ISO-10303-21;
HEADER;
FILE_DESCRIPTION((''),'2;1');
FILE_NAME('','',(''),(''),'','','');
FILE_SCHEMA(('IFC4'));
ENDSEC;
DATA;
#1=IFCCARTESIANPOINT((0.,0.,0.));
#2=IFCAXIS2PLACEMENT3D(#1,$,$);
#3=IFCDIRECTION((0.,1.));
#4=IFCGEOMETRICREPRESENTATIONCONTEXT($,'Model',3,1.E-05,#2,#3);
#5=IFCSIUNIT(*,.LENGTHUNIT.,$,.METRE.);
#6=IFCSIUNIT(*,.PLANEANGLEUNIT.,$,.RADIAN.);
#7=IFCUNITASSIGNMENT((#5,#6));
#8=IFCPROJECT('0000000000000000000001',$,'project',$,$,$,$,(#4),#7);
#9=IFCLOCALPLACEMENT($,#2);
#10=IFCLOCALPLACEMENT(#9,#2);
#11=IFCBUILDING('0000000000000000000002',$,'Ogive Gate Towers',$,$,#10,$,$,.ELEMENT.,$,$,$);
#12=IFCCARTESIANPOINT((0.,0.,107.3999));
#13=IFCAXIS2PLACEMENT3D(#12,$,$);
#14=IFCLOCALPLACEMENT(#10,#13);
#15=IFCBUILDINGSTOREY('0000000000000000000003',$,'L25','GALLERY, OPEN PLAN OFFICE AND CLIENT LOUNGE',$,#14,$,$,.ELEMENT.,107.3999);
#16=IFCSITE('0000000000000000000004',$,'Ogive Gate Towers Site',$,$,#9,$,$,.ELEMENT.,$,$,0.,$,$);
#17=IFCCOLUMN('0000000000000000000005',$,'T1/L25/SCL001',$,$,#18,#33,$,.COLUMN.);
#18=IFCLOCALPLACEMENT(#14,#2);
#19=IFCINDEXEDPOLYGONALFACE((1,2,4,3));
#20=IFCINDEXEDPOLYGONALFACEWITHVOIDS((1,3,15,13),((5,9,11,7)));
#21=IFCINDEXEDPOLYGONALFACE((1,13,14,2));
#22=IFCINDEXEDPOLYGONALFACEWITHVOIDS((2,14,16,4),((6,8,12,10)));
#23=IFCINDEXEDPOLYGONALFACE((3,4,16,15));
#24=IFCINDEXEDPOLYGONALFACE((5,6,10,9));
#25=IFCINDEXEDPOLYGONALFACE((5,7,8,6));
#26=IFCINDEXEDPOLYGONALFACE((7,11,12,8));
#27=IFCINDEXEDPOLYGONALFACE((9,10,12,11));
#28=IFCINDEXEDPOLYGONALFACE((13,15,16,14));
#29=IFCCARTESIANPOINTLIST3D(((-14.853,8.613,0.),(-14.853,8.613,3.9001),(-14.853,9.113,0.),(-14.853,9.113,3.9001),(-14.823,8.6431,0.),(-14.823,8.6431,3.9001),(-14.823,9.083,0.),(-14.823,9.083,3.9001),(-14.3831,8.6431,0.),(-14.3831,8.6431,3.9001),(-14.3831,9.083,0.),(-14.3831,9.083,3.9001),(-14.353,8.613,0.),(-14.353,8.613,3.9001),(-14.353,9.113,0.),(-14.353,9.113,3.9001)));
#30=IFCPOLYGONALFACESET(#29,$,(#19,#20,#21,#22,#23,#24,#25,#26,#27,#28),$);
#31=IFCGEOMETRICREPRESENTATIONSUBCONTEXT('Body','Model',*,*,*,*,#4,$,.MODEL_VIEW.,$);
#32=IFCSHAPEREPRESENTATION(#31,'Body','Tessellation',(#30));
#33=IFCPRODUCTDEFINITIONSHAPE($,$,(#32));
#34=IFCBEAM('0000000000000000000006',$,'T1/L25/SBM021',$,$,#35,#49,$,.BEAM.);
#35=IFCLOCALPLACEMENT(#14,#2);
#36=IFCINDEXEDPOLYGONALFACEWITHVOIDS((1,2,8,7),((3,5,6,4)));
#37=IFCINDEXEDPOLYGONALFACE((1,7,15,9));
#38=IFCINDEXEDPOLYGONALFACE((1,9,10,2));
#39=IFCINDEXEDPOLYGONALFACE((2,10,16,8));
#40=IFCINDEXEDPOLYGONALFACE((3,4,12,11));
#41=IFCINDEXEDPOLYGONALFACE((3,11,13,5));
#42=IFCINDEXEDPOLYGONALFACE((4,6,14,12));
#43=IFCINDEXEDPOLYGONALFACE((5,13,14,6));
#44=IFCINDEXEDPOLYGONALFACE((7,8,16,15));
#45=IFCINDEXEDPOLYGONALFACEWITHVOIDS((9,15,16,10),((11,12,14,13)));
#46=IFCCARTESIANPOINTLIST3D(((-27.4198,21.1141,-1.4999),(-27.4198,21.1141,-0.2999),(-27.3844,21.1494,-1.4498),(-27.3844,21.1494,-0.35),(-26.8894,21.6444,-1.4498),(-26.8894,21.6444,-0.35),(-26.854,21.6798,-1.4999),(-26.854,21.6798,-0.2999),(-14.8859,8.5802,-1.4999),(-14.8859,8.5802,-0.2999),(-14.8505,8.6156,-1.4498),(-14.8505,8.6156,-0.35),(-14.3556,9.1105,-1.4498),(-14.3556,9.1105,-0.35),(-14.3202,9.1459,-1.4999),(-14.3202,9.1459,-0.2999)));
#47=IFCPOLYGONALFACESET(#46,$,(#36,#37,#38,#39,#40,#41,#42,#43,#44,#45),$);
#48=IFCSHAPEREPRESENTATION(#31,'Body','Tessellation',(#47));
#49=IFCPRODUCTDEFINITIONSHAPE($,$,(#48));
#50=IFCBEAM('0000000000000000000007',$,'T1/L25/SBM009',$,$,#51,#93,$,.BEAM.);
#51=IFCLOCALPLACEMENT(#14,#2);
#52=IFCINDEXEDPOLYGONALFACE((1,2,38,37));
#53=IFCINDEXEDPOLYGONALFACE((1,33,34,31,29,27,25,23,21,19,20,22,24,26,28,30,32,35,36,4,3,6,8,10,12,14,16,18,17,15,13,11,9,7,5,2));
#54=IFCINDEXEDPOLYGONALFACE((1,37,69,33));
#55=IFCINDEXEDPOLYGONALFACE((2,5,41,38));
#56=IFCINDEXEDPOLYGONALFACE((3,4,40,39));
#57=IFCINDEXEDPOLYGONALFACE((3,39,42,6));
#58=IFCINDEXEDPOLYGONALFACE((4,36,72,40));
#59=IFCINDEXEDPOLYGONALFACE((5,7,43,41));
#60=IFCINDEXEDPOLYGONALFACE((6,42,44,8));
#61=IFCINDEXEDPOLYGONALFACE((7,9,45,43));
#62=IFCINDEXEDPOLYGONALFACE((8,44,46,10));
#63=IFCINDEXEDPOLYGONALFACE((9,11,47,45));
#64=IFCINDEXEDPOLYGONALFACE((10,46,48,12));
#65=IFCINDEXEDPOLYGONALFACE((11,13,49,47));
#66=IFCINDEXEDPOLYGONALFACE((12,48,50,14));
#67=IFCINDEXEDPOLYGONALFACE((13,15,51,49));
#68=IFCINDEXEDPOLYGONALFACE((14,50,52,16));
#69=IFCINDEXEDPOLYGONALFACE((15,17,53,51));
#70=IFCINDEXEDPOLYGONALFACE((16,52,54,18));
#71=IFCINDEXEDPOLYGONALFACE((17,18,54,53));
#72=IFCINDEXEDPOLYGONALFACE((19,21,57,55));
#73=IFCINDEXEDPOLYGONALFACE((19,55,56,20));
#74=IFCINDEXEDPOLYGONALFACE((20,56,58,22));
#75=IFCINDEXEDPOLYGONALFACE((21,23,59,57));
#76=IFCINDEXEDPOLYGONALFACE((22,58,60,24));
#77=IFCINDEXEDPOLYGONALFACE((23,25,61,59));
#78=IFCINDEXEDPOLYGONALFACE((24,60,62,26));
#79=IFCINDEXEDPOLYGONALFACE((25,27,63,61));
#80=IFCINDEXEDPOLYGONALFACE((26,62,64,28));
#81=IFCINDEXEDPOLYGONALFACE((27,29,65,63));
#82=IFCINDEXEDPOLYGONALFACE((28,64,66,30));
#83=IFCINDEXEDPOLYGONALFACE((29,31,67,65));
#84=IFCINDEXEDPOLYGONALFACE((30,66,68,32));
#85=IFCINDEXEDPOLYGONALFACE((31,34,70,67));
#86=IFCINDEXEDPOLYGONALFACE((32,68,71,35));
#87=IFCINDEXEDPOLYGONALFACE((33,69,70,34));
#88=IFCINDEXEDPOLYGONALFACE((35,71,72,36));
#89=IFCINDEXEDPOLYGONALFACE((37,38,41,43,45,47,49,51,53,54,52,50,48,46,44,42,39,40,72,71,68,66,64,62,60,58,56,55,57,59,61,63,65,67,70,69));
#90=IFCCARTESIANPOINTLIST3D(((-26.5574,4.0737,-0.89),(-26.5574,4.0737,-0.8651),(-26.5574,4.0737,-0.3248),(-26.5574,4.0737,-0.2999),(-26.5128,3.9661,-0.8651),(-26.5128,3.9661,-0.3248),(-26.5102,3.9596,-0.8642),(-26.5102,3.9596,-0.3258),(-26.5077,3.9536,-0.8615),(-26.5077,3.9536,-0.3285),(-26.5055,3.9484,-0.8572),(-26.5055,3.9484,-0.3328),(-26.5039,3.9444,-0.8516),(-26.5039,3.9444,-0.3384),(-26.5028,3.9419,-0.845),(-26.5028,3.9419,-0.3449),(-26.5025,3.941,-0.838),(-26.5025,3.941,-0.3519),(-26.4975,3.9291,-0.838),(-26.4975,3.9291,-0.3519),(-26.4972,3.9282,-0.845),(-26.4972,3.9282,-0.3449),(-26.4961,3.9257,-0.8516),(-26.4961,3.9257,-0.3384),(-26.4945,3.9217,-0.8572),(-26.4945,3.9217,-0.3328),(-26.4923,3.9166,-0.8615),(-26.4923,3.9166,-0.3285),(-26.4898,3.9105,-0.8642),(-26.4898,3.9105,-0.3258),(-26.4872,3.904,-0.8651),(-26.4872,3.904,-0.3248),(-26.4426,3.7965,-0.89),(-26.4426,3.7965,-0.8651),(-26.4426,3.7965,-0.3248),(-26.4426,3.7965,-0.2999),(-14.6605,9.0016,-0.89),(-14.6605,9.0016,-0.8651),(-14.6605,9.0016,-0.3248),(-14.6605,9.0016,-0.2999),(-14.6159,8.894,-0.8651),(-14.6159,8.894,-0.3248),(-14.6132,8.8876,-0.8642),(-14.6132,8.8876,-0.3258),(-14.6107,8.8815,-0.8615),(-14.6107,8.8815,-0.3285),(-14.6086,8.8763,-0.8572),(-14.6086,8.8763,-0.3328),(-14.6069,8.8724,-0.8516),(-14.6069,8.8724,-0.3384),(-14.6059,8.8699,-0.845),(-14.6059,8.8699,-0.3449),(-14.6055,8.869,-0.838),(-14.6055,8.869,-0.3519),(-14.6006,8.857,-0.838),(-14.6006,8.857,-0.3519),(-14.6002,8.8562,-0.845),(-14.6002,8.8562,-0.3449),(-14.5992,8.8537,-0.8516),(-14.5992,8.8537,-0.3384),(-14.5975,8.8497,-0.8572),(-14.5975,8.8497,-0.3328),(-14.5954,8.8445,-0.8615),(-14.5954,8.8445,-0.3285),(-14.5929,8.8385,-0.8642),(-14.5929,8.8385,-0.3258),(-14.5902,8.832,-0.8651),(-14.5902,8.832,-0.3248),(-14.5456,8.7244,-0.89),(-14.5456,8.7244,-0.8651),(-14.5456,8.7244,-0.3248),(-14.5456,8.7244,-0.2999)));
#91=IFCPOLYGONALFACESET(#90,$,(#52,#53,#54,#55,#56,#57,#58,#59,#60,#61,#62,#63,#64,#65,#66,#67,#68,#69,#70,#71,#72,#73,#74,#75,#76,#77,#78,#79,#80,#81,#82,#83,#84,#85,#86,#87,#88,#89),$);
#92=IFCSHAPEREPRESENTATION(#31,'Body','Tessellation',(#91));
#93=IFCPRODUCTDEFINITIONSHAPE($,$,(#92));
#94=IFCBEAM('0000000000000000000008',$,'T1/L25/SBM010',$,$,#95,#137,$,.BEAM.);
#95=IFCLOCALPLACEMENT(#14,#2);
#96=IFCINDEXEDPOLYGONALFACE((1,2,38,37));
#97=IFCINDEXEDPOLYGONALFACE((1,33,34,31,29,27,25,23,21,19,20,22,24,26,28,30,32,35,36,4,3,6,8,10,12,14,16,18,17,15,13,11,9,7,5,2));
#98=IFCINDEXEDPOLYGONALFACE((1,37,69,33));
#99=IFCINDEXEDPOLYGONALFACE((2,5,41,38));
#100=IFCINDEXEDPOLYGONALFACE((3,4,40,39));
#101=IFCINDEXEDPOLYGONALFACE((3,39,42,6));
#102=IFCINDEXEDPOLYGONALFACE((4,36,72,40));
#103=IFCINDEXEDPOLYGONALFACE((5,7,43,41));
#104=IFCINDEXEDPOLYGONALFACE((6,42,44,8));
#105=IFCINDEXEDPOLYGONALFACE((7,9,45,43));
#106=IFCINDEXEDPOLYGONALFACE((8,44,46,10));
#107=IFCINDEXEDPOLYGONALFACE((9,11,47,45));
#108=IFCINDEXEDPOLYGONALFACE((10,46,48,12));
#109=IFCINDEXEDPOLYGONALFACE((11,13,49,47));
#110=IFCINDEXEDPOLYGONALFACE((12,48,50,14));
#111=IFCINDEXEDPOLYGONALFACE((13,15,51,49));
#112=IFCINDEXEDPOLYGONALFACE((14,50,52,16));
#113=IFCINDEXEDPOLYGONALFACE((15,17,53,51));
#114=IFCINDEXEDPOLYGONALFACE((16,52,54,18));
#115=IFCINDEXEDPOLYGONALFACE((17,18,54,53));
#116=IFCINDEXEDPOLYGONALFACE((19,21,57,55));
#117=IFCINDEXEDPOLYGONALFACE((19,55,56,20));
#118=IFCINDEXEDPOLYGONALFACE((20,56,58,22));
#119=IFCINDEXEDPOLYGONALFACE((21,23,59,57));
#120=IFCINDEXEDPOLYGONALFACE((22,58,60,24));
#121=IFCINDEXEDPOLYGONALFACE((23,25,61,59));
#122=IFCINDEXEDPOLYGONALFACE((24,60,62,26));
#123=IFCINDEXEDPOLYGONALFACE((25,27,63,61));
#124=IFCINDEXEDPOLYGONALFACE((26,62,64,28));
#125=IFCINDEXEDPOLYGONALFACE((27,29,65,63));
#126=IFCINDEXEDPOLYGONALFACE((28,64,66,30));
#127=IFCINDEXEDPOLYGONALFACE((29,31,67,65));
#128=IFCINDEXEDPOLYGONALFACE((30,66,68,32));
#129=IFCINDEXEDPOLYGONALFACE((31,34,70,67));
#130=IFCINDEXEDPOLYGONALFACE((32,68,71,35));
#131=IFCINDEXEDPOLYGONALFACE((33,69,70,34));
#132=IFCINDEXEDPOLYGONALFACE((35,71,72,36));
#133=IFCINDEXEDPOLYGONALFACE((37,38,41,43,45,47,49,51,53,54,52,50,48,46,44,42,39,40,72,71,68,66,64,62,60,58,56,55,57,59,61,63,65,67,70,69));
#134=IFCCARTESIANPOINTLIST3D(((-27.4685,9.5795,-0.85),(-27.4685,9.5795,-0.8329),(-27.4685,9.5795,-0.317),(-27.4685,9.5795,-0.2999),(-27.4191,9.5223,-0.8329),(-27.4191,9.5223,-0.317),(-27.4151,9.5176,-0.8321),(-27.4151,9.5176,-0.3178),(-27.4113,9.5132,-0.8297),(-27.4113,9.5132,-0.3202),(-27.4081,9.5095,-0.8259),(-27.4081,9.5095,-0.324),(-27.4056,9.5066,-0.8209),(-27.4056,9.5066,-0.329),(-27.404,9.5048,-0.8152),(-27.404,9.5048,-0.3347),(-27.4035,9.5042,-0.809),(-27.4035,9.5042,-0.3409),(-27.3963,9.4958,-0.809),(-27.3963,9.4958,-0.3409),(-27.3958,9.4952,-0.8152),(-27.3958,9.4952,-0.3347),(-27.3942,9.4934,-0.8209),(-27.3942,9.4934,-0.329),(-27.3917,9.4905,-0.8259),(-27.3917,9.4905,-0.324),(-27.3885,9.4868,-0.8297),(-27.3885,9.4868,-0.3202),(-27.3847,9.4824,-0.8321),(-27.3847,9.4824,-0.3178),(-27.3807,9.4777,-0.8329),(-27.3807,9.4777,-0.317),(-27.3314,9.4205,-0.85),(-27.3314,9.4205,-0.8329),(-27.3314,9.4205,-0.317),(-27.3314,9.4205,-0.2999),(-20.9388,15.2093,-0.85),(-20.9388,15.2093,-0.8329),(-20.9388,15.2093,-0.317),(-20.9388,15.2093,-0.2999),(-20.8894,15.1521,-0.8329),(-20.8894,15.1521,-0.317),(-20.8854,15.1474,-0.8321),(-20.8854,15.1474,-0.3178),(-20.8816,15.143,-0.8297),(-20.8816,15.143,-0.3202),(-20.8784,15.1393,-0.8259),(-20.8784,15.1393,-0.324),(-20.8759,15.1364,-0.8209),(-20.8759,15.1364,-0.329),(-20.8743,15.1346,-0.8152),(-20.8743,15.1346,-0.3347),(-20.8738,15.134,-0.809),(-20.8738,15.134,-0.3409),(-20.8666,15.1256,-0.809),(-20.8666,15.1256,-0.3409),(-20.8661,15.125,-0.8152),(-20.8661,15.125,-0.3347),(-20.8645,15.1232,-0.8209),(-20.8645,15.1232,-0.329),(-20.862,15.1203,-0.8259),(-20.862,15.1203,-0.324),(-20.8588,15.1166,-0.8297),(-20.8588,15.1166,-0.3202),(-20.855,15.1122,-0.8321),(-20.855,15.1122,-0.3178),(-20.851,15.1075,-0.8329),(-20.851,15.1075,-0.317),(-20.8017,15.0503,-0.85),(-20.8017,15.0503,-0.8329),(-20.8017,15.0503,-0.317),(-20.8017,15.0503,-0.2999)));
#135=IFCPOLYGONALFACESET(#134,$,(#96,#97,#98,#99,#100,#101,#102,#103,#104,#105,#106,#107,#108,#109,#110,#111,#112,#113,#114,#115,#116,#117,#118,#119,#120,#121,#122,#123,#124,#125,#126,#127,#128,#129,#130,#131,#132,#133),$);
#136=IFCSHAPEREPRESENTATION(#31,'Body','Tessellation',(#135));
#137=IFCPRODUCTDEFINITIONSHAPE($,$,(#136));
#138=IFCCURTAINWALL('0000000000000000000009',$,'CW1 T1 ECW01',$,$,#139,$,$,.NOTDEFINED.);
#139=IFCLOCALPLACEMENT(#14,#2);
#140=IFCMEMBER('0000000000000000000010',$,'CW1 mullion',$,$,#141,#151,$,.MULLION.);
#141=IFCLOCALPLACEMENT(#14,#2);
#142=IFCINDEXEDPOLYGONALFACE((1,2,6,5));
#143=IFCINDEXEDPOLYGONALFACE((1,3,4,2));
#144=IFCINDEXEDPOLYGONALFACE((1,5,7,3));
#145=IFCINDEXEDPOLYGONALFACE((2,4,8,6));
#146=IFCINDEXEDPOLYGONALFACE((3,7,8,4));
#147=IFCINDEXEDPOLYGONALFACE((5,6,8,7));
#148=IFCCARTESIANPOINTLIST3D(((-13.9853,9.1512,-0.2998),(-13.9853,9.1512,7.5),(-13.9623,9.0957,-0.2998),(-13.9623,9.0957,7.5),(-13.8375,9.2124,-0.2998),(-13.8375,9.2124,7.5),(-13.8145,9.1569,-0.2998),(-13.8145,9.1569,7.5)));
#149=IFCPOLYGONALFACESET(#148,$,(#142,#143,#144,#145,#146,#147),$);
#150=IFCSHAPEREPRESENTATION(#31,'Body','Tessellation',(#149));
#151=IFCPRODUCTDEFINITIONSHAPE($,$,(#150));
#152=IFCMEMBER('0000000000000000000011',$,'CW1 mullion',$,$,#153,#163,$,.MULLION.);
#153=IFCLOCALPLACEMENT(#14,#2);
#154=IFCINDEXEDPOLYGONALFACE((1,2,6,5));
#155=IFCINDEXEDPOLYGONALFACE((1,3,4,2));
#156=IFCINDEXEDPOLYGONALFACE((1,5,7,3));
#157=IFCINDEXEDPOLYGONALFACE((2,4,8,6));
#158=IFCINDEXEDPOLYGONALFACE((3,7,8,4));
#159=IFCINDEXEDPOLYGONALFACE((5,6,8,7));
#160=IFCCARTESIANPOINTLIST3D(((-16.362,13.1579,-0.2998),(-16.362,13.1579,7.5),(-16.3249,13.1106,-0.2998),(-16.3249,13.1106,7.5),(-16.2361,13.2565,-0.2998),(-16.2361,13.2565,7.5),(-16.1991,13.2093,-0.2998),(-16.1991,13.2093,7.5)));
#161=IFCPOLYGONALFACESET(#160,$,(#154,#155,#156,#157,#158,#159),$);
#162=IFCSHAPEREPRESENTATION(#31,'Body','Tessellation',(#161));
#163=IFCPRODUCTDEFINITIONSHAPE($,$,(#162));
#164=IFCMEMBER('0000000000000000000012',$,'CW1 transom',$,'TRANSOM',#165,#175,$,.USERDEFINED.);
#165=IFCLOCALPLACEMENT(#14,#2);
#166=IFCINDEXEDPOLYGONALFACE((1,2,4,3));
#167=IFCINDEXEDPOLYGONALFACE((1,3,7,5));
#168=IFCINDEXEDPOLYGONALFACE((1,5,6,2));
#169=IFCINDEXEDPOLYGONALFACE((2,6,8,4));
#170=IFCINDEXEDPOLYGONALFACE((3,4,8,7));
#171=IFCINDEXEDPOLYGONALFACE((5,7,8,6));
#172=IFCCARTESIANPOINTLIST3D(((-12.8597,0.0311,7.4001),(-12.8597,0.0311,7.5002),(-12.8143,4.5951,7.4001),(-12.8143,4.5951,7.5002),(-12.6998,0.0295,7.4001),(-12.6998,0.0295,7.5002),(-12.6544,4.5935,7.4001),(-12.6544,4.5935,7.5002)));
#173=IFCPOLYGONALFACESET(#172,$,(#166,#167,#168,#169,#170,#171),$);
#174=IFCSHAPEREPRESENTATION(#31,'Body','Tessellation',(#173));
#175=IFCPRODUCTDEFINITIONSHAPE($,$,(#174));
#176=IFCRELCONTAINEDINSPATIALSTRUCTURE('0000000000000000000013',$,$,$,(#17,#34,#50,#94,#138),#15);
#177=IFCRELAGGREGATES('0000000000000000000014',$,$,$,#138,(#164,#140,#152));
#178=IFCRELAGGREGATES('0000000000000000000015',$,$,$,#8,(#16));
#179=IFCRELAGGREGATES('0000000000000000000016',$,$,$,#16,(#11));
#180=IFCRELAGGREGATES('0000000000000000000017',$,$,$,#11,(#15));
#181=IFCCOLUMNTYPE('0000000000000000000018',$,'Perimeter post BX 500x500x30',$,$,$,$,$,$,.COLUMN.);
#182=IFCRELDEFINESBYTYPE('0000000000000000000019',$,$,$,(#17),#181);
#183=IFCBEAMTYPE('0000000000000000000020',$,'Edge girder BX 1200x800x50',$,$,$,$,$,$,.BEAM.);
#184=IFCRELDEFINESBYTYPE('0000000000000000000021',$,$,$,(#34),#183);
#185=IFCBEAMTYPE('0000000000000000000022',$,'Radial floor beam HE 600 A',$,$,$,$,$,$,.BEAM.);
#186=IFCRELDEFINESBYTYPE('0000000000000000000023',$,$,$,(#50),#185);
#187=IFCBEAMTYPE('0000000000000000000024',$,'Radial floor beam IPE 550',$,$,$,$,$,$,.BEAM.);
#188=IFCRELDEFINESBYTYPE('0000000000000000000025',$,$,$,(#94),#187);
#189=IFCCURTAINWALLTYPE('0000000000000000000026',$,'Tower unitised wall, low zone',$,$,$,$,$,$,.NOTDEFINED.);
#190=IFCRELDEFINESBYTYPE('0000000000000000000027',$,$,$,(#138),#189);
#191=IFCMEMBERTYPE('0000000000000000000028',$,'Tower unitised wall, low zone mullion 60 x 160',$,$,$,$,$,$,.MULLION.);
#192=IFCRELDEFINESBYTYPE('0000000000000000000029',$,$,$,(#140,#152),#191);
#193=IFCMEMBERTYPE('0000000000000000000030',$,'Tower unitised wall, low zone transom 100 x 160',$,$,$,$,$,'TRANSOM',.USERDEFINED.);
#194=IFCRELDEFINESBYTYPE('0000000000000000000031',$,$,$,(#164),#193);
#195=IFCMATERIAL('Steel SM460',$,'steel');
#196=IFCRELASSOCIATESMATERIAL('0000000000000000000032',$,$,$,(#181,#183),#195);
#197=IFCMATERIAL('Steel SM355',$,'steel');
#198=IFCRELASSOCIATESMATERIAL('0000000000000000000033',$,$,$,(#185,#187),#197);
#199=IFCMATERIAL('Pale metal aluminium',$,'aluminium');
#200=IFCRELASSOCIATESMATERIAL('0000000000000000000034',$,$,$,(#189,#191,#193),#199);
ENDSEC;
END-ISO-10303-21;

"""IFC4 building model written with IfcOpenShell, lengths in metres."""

from ifc_helpers import new_model, si_unit, direction, frame, origin, origin_2d, place, context, subcontext, project, spatial, rectangle, hollow_rectangle, i_section, extrude, material, material_profile, profile_set, type_object, element, aggregate, save


model = new_model("IFC4")

# Units and contexts
model_context = context("Model", 3, precision=1e-05, world=origin(), true_north=direction((0.0, 1.0)))
body_context = subcontext(model_context, "Body", "Model", "MODEL_VIEW")
ifc_project = project(units=[si_unit("LENGTHUNIT", "METRE"), si_unit("PLANEANGLEUNIT", "RADIAN")], contexts=[model_context])

# Site, building, storey
site_placement = place(None, origin())
site = spatial("IfcSite", under=ifc_project, at=site_placement, Name="Ogive Gate Towers Site", CompositionType="ELEMENT", RefElevation=0.0)
building_placement = place(site_placement, origin())
building = spatial("IfcBuilding", under=site, at=building_placement, Name="Ogive Gate Towers", CompositionType="ELEMENT")
storey_placement = place(building_placement, frame((0.0, 0.0, 107.3999)))
storey = spatial("IfcBuildingStorey", under=building, at=storey_placement, Name="L25", Description="GALLERY, OPEN PLAN OFFICE AND CLIENT LOUNGE", CompositionType="ELEMENT", Elevation=107.3999)

# Column
ifc_material_1 = material(Name="Steel SM460", Category="steel")
ifc_material_profile_1 = material_profile(ifc_material_1, hollow_rectangle(XDim=0.5, YDim=0.5, WallThickness=0.03, at=origin_2d()), Name="BX 500x500x30")
ifc_profile_set_1 = profile_set([ifc_material_profile_1], Name="Steel SM460")
column_type = type_object("IfcColumnType", Name="Perimeter post BX 500x500x30", PredefinedType="COLUMN", material=ifc_profile_set_1)
column_placement = place(storey_placement, frame((-14.603, 8.863, 0.0), z_axis=(0.0, 0.0, 1.0), x_axis=(1.0, 0.0, 0.0)))
element("IfcColumn", 1, at=column_placement, inside=storey, type_object=column_type, Name="T1/L25/SCL001", PredefinedType="COLUMN", context=body_context, shape_type="SweptSolid", body=[
    extrude(hollow_rectangle(XDim=0.5, YDim=0.5, WallThickness=0.03, at=origin_2d()), origin(), (0.0, 0.0, 1.0), 3.9001),
])

# Beams
ifc_material_profile_2 = material_profile(ifc_material_1, hollow_rectangle(XDim=0.8, YDim=1.2, WallThickness=0.05, at=origin_2d()), Name="BX 1200x800x50")
ifc_profile_set_2 = profile_set([ifc_material_profile_2], Name="Steel SM460")
beam_type_1 = type_object("IfcBeamType", Name="Edge girder BX 1200x800x50", PredefinedType="BEAM", material=ifc_profile_set_2)
beam_1_placement = place(storey_placement, frame((-14.603, 8.863, -0.8999), z_axis=(-0.707107, 0.707107, 0.0), x_axis=(-0.707107, -0.707107, 0.0)))
element("IfcBeam", 2, at=beam_1_placement, inside=storey, type_object=beam_type_1, Name="T1/L25/SBM021", PredefinedType="BEAM", context=body_context, shape_type="SweptSolid", body=[
    extrude(hollow_rectangle(XDim=0.8, YDim=1.2, WallThickness=0.05, at=origin_2d()), origin(), (0.0, 0.0, 1.0), 17.7256),
])
ifc_material_2 = material(Name="Steel SM355", Category="steel")
ifc_material_profile_3 = material_profile(ifc_material_2, i_section(OverallWidth=0.3, OverallDepth=0.5901, WebThickness=0.0129, FlangeThickness=0.0249, FilletRadius=0.0271, at=origin_2d()), Name="HE 600 A")
ifc_profile_set_3 = profile_set([ifc_material_profile_3], Name="Steel SM355")
beam_type_2 = type_object("IfcBeamType", Name="Radial floor beam HE 600 A", PredefinedType="BEAM", material=ifc_profile_set_3)
beam_2_placement = place(storey_placement, frame((-26.5, 3.9351, -0.595), z_axis=(0.923877, 0.382689, 0.0), x_axis=(-0.382689, 0.923877, 0.0)))
element("IfcBeam", 3, at=beam_2_placement, inside=storey, type_object=beam_type_2, Name="T1/L25/SBM009", PredefinedType="BEAM", context=body_context, shape_type="SweptSolid", body=[
    extrude(i_section(OverallWidth=0.3, OverallDepth=0.5901, WebThickness=0.0129, FlangeThickness=0.0249, FilletRadius=0.0271, at=origin_2d()), origin(), (0.0, 0.0, 1.0), 12.8772),
])
ifc_material_profile_4 = material_profile(ifc_material_2, i_section(OverallWidth=0.21, OverallDepth=0.55, WebThickness=0.011, FlangeThickness=0.0171, FilletRadius=0.0239, at=origin_2d()), Name="IPE 550")
ifc_profile_set_4 = profile_set([ifc_material_profile_4], Name="Steel SM355")
beam_type_3 = type_object("IfcBeamType", Name="Radial floor beam IPE 550", PredefinedType="BEAM", material=ifc_profile_set_4)
beam_3_placement = place(storey_placement, frame((-27.3999, 9.5, -0.575), z_axis=(0.757366, 0.65299, 0.0), x_axis=(-0.65299, 0.757366, 0.0)))
element("IfcBeam", 4, at=beam_3_placement, inside=storey, type_object=beam_type_3, Name="T1/L25/SBM010", PredefinedType="BEAM", context=body_context, shape_type="SweptSolid", body=[
    extrude(i_section(OverallWidth=0.21, OverallDepth=0.55, WebThickness=0.011, FlangeThickness=0.0171, FilletRadius=0.0239, at=origin_2d()), origin(), (0.0, 0.0, 1.0), 8.6216),
])

# Curtain wall, members
ifc_material_3 = material(Name="Pale metal aluminium", Category="aluminium")
curtain_wall_type = type_object("IfcCurtainWallType", Name="Tower unitised wall, low zone", PredefinedType="NOTDEFINED", material=ifc_material_3)
curtain_wall_placement = place(storey_placement, origin())
curtain_wall = element("IfcCurtainWall", 5, at=curtain_wall_placement, inside=storey, type_object=curtain_wall_type, Name="CW1 T1 ECW01", PredefinedType="NOTDEFINED")
ifc_material_profile_5 = material_profile(ifc_material_3, rectangle(XDim=0.1599, YDim=0.0601, at=origin_2d()), Name="60 x 160 aluminium box")
ifc_profile_set_5 = profile_set([ifc_material_profile_5], Name="Pale metal aluminium")
member_type_1 = type_object("IfcMemberType", Name="Tower unitised wall, low zone mullion 60 x 160", PredefinedType="MULLION", material=ifc_profile_set_5)
member_1_placement = place(storey_placement, frame((-13.8999, 9.1541, -0.2998), z_axis=(0.0, 0.0, 1.0), x_axis=(0.92388, 0.382683, 0.0)))
member_1 = element("IfcMember", 6, at=member_1_placement, type_object=member_type_1, Name="CW1 mullion", PredefinedType="MULLION", context=body_context, shape_type="SweptSolid", body=[
    extrude(rectangle(XDim=0.1599, YDim=0.0601, at=origin_2d()), origin(), (0.0, 0.0, 1.0), 7.7998),
])
member_2_placement = place(storey_placement, frame((-16.2805, 13.1836, -0.2998), z_axis=(0.0, 0.0, 1.0), x_axis=(0.787247, 0.616637, 0.0)))
member_2 = element("IfcMember", 7, at=member_2_placement, type_object=member_type_1, Name="CW1 mullion", PredefinedType="MULLION", context=body_context, shape_type="SweptSolid", body=[
    extrude(rectangle(XDim=0.1599, YDim=0.0601, at=origin_2d()), origin(), (0.0, 0.0, 1.0), 7.7998),
])
ifc_material_profile_6 = material_profile(ifc_material_3, rectangle(XDim=0.1599, YDim=0.1001, at=origin_2d()), Name="100 x 160 aluminium box")
ifc_profile_set_6 = profile_set([ifc_material_profile_6], Name="Pale metal aluminium")
member_type_2 = type_object("IfcMemberType", Name="Tower unitised wall, low zone transom 100 x 160", ElementType="TRANSOM", PredefinedType="USERDEFINED", material=ifc_profile_set_6)
member_3_placement = place(storey_placement, frame((-12.7798, 0.0303, 7.4502), z_axis=(0.009949, 0.999951, 0.0), x_axis=(-0.999951, 0.009949, 0.0)))
member_3 = element("IfcMember", 8, at=member_3_placement, type_object=member_type_2, Name="CW1 transom", ObjectType="TRANSOM", PredefinedType="USERDEFINED", context=body_context, shape_type="SweptSolid", body=[
    extrude(rectangle(XDim=0.1599, YDim=0.1001, at=origin_2d()), origin(), (0.0, 0.0, 1.0), 4.5642),
])
aggregate(curtain_wall, [member_3, member_1, member_2])

save(model, "model.ifc")
